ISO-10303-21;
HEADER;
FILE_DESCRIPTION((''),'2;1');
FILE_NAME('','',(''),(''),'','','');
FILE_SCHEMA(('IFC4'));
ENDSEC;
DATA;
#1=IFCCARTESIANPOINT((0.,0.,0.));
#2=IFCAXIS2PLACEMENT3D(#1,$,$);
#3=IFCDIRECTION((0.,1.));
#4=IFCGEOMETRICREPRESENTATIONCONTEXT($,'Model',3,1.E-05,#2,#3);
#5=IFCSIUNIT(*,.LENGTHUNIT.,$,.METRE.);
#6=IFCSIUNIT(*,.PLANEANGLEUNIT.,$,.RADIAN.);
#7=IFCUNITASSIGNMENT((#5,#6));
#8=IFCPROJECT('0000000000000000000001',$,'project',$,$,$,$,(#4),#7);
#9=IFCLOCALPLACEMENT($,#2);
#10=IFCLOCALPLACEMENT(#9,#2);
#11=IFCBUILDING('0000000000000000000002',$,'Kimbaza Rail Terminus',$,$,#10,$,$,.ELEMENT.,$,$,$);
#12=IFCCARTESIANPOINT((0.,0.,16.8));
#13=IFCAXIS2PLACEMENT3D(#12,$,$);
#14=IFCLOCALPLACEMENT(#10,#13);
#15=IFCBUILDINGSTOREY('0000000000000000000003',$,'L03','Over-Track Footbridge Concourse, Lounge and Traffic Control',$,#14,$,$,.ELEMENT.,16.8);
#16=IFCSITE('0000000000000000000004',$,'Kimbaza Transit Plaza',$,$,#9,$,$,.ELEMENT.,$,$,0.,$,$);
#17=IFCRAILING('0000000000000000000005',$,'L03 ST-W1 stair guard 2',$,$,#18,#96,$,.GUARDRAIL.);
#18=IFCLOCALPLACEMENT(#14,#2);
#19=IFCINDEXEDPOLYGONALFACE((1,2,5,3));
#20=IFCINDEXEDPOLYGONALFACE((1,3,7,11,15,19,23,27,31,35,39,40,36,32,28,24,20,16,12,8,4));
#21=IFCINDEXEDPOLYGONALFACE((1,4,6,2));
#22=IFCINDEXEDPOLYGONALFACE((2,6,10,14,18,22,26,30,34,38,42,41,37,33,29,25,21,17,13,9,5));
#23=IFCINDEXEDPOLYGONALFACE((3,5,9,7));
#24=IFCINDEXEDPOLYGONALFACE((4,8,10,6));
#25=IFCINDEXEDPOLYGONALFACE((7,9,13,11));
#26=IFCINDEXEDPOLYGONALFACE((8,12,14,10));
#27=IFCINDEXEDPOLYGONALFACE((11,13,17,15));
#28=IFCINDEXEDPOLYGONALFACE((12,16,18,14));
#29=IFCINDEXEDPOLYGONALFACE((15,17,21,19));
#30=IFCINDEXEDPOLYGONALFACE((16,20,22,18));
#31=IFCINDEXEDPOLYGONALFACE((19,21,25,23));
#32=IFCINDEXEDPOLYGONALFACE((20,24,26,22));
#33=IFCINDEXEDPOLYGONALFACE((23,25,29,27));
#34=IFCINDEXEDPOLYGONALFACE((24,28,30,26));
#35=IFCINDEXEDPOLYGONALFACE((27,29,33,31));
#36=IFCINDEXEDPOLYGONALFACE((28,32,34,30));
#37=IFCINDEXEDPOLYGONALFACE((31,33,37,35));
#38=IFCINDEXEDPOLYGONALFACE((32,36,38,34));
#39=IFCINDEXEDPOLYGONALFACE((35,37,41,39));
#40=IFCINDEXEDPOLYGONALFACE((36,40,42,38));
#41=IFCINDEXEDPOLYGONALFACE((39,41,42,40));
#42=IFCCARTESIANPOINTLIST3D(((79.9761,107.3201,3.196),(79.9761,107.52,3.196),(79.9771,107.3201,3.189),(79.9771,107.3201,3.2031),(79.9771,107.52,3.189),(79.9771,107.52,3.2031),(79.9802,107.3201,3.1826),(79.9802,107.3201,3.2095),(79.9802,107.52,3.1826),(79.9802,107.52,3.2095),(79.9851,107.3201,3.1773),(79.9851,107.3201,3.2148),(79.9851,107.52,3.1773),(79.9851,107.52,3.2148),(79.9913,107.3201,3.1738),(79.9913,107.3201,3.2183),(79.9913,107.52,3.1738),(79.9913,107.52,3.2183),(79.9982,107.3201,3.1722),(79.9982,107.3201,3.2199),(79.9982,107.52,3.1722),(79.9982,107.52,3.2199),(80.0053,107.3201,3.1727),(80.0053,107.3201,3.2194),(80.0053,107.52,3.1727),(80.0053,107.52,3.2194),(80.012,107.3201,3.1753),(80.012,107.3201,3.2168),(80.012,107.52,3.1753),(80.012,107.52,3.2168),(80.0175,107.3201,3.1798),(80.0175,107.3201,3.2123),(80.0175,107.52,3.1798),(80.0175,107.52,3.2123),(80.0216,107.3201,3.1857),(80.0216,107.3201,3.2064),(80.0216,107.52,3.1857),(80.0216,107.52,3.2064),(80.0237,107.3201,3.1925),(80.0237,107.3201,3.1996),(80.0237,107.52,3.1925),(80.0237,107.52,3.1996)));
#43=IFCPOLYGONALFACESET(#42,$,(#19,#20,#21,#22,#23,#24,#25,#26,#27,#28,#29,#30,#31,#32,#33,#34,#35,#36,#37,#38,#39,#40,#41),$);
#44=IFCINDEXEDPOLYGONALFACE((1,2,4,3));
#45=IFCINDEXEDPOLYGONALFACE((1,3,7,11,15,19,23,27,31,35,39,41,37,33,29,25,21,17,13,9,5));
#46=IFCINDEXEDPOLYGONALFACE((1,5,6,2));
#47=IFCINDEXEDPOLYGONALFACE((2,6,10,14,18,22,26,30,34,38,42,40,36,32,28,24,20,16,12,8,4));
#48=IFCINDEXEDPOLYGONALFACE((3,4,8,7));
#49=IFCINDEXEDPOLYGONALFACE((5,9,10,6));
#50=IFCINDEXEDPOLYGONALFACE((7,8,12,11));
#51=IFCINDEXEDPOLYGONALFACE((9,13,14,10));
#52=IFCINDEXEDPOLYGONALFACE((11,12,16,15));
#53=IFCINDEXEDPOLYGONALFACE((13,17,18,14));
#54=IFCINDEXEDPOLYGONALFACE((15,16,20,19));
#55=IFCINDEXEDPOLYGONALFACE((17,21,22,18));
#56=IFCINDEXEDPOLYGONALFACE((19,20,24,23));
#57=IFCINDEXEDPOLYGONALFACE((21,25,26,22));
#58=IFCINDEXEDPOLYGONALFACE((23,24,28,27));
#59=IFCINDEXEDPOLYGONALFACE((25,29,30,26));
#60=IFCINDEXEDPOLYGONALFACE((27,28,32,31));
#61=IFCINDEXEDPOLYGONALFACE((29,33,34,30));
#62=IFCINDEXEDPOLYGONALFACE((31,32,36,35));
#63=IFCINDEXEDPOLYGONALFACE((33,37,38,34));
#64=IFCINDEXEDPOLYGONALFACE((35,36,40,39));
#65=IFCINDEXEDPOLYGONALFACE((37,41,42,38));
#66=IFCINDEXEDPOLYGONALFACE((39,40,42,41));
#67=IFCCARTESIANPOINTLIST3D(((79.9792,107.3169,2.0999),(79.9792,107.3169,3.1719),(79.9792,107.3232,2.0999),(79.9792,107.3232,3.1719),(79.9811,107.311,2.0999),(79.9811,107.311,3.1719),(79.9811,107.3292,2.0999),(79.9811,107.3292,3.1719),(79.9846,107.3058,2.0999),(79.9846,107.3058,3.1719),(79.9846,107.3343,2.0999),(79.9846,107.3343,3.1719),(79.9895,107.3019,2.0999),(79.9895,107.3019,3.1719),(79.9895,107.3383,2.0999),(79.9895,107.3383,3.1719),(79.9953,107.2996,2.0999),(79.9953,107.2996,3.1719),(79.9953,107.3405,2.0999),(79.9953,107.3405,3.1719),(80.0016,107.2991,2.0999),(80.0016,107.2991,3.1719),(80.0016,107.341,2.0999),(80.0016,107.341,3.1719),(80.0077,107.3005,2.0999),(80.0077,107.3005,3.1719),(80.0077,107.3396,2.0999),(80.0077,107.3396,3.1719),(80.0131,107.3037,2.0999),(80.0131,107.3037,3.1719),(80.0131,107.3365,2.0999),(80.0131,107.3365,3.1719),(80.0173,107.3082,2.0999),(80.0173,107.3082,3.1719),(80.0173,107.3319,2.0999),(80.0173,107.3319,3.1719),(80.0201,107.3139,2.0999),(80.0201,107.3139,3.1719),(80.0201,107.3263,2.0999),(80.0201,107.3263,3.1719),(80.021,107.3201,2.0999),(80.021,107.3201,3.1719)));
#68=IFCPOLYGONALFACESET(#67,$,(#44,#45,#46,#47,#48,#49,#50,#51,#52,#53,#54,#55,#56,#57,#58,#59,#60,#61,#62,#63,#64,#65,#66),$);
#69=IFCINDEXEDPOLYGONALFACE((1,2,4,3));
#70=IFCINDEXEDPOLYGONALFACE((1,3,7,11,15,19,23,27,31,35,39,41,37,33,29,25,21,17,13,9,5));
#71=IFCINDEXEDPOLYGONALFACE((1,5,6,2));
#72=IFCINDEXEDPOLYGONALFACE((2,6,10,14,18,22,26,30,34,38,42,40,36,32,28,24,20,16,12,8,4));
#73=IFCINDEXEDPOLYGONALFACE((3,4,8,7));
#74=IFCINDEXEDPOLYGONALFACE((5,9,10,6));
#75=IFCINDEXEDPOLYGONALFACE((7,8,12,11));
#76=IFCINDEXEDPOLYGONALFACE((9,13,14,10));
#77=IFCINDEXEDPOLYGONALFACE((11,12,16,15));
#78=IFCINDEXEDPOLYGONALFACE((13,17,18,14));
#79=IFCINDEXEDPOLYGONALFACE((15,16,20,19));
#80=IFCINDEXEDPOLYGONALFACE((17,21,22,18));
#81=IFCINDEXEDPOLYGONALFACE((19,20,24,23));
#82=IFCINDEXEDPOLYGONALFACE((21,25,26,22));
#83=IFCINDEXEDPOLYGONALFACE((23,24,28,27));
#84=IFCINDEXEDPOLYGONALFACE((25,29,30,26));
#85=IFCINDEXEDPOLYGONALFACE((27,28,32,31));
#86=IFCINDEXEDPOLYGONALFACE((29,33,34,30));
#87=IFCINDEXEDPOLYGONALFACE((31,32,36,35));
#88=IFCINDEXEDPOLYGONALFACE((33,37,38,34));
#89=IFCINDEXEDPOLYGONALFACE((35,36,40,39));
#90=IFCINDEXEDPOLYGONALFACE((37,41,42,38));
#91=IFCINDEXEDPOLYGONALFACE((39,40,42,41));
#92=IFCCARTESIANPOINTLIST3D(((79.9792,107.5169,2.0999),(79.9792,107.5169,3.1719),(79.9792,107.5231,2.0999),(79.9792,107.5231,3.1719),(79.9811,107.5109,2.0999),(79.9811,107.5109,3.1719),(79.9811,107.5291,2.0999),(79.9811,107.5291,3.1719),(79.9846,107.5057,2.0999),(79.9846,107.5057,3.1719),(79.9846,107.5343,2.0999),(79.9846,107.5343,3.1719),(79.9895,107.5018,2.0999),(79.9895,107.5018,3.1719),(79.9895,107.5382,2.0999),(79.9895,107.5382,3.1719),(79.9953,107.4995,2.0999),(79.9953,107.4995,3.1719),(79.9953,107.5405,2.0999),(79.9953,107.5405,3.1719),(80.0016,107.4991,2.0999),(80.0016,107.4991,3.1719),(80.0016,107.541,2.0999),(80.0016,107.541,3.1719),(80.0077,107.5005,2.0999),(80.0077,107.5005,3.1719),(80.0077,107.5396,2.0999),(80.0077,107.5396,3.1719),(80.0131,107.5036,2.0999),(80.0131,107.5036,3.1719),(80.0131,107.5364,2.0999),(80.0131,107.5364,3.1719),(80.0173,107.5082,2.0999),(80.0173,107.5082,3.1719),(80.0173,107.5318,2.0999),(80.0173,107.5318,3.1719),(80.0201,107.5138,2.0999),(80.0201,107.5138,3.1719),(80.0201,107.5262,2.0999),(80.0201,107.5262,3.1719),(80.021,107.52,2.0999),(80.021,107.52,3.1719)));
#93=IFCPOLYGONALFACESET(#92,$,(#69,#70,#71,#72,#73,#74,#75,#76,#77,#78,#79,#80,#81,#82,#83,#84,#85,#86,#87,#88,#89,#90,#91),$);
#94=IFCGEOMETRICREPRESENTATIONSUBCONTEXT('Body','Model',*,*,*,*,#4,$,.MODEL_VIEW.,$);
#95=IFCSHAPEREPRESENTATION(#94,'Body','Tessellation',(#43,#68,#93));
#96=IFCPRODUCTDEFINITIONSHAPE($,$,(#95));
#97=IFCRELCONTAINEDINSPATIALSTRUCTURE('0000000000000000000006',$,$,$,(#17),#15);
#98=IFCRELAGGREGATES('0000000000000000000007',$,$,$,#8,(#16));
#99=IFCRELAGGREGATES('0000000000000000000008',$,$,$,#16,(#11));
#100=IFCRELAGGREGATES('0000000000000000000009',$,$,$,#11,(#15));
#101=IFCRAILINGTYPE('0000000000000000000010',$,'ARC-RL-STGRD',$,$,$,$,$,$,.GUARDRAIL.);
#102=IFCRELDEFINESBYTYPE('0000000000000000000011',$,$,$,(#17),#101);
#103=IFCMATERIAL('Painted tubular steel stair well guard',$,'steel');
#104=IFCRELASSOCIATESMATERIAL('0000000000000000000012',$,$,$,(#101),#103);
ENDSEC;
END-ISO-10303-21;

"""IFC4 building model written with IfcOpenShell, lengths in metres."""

from ifc_helpers import new_model, si_unit, direction, frame, origin, origin_2d, place, context, subcontext, project, spatial, circle, extrude, material, type_object, element, save


model = new_model("IFC4")

# Units and contexts
model_context = context("Model", 3, precision=1e-05, world=origin(), true_north=direction((0.0, 1.0)))
body_context = subcontext(model_context, "Body", "Model", "MODEL_VIEW")
ifc_project = project(units=[si_unit("LENGTHUNIT", "METRE"), si_unit("PLANEANGLEUNIT", "RADIAN")], contexts=[model_context])

# Site, building, storey
site_placement = place(None, origin())
site = spatial("IfcSite", under=ifc_project, at=site_placement, Name="Kimbaza Transit Plaza", CompositionType="ELEMENT", RefElevation=0.0)
building_placement = place(site_placement, origin())
building = spatial("IfcBuilding", under=site, at=building_placement, Name="Kimbaza Rail Terminus", CompositionType="ELEMENT")
storey_placement = place(building_placement, frame((0.0, 0.0, 16.8)))
storey = spatial("IfcBuildingStorey", under=building, at=storey_placement, Name="L03", Description="Over-Track Footbridge Concourse, Lounge and Traffic Control", CompositionType="ELEMENT", Elevation=16.8)

# Railing
ifc_material_1 = material(Name="Painted tubular steel stair well guard", Category="steel")
railing_type_1 = type_object("IfcRailingType", Name="ARC-RL-STGRD", PredefinedType="GUARDRAIL", material=ifc_material_1)
railing_1_placement = place(storey_placement, frame((80.0, 107.3201, 2.0999)))
element("IfcRailing", 1, at=railing_1_placement, inside=storey, type_object=railing_type_1, Name="L03 ST-W1 stair guard 2", PredefinedType="GUARDRAIL", context=body_context, shape_type="SweptSolid", body=[
    extrude(circle(Radius=0.0239, at=origin_2d()), frame((0.0, 0.0, 1.0962), z_axis=(0.0, 1.0, 0.0), x_axis=(-1.0, 0.0, 0.0)), (0.0, 0.0, 1.0), 0.2),
    extrude(circle(Radius=0.021, at=origin_2d()), origin(), (0.0, 0.0, 1.0), 1.072),
    extrude(circle(Radius=0.021, at=origin_2d()), frame((0.0, 0.2, 0.0)), (0.0, 0.0, 1.0), 1.072),
])

save(model, "model.ifc")
